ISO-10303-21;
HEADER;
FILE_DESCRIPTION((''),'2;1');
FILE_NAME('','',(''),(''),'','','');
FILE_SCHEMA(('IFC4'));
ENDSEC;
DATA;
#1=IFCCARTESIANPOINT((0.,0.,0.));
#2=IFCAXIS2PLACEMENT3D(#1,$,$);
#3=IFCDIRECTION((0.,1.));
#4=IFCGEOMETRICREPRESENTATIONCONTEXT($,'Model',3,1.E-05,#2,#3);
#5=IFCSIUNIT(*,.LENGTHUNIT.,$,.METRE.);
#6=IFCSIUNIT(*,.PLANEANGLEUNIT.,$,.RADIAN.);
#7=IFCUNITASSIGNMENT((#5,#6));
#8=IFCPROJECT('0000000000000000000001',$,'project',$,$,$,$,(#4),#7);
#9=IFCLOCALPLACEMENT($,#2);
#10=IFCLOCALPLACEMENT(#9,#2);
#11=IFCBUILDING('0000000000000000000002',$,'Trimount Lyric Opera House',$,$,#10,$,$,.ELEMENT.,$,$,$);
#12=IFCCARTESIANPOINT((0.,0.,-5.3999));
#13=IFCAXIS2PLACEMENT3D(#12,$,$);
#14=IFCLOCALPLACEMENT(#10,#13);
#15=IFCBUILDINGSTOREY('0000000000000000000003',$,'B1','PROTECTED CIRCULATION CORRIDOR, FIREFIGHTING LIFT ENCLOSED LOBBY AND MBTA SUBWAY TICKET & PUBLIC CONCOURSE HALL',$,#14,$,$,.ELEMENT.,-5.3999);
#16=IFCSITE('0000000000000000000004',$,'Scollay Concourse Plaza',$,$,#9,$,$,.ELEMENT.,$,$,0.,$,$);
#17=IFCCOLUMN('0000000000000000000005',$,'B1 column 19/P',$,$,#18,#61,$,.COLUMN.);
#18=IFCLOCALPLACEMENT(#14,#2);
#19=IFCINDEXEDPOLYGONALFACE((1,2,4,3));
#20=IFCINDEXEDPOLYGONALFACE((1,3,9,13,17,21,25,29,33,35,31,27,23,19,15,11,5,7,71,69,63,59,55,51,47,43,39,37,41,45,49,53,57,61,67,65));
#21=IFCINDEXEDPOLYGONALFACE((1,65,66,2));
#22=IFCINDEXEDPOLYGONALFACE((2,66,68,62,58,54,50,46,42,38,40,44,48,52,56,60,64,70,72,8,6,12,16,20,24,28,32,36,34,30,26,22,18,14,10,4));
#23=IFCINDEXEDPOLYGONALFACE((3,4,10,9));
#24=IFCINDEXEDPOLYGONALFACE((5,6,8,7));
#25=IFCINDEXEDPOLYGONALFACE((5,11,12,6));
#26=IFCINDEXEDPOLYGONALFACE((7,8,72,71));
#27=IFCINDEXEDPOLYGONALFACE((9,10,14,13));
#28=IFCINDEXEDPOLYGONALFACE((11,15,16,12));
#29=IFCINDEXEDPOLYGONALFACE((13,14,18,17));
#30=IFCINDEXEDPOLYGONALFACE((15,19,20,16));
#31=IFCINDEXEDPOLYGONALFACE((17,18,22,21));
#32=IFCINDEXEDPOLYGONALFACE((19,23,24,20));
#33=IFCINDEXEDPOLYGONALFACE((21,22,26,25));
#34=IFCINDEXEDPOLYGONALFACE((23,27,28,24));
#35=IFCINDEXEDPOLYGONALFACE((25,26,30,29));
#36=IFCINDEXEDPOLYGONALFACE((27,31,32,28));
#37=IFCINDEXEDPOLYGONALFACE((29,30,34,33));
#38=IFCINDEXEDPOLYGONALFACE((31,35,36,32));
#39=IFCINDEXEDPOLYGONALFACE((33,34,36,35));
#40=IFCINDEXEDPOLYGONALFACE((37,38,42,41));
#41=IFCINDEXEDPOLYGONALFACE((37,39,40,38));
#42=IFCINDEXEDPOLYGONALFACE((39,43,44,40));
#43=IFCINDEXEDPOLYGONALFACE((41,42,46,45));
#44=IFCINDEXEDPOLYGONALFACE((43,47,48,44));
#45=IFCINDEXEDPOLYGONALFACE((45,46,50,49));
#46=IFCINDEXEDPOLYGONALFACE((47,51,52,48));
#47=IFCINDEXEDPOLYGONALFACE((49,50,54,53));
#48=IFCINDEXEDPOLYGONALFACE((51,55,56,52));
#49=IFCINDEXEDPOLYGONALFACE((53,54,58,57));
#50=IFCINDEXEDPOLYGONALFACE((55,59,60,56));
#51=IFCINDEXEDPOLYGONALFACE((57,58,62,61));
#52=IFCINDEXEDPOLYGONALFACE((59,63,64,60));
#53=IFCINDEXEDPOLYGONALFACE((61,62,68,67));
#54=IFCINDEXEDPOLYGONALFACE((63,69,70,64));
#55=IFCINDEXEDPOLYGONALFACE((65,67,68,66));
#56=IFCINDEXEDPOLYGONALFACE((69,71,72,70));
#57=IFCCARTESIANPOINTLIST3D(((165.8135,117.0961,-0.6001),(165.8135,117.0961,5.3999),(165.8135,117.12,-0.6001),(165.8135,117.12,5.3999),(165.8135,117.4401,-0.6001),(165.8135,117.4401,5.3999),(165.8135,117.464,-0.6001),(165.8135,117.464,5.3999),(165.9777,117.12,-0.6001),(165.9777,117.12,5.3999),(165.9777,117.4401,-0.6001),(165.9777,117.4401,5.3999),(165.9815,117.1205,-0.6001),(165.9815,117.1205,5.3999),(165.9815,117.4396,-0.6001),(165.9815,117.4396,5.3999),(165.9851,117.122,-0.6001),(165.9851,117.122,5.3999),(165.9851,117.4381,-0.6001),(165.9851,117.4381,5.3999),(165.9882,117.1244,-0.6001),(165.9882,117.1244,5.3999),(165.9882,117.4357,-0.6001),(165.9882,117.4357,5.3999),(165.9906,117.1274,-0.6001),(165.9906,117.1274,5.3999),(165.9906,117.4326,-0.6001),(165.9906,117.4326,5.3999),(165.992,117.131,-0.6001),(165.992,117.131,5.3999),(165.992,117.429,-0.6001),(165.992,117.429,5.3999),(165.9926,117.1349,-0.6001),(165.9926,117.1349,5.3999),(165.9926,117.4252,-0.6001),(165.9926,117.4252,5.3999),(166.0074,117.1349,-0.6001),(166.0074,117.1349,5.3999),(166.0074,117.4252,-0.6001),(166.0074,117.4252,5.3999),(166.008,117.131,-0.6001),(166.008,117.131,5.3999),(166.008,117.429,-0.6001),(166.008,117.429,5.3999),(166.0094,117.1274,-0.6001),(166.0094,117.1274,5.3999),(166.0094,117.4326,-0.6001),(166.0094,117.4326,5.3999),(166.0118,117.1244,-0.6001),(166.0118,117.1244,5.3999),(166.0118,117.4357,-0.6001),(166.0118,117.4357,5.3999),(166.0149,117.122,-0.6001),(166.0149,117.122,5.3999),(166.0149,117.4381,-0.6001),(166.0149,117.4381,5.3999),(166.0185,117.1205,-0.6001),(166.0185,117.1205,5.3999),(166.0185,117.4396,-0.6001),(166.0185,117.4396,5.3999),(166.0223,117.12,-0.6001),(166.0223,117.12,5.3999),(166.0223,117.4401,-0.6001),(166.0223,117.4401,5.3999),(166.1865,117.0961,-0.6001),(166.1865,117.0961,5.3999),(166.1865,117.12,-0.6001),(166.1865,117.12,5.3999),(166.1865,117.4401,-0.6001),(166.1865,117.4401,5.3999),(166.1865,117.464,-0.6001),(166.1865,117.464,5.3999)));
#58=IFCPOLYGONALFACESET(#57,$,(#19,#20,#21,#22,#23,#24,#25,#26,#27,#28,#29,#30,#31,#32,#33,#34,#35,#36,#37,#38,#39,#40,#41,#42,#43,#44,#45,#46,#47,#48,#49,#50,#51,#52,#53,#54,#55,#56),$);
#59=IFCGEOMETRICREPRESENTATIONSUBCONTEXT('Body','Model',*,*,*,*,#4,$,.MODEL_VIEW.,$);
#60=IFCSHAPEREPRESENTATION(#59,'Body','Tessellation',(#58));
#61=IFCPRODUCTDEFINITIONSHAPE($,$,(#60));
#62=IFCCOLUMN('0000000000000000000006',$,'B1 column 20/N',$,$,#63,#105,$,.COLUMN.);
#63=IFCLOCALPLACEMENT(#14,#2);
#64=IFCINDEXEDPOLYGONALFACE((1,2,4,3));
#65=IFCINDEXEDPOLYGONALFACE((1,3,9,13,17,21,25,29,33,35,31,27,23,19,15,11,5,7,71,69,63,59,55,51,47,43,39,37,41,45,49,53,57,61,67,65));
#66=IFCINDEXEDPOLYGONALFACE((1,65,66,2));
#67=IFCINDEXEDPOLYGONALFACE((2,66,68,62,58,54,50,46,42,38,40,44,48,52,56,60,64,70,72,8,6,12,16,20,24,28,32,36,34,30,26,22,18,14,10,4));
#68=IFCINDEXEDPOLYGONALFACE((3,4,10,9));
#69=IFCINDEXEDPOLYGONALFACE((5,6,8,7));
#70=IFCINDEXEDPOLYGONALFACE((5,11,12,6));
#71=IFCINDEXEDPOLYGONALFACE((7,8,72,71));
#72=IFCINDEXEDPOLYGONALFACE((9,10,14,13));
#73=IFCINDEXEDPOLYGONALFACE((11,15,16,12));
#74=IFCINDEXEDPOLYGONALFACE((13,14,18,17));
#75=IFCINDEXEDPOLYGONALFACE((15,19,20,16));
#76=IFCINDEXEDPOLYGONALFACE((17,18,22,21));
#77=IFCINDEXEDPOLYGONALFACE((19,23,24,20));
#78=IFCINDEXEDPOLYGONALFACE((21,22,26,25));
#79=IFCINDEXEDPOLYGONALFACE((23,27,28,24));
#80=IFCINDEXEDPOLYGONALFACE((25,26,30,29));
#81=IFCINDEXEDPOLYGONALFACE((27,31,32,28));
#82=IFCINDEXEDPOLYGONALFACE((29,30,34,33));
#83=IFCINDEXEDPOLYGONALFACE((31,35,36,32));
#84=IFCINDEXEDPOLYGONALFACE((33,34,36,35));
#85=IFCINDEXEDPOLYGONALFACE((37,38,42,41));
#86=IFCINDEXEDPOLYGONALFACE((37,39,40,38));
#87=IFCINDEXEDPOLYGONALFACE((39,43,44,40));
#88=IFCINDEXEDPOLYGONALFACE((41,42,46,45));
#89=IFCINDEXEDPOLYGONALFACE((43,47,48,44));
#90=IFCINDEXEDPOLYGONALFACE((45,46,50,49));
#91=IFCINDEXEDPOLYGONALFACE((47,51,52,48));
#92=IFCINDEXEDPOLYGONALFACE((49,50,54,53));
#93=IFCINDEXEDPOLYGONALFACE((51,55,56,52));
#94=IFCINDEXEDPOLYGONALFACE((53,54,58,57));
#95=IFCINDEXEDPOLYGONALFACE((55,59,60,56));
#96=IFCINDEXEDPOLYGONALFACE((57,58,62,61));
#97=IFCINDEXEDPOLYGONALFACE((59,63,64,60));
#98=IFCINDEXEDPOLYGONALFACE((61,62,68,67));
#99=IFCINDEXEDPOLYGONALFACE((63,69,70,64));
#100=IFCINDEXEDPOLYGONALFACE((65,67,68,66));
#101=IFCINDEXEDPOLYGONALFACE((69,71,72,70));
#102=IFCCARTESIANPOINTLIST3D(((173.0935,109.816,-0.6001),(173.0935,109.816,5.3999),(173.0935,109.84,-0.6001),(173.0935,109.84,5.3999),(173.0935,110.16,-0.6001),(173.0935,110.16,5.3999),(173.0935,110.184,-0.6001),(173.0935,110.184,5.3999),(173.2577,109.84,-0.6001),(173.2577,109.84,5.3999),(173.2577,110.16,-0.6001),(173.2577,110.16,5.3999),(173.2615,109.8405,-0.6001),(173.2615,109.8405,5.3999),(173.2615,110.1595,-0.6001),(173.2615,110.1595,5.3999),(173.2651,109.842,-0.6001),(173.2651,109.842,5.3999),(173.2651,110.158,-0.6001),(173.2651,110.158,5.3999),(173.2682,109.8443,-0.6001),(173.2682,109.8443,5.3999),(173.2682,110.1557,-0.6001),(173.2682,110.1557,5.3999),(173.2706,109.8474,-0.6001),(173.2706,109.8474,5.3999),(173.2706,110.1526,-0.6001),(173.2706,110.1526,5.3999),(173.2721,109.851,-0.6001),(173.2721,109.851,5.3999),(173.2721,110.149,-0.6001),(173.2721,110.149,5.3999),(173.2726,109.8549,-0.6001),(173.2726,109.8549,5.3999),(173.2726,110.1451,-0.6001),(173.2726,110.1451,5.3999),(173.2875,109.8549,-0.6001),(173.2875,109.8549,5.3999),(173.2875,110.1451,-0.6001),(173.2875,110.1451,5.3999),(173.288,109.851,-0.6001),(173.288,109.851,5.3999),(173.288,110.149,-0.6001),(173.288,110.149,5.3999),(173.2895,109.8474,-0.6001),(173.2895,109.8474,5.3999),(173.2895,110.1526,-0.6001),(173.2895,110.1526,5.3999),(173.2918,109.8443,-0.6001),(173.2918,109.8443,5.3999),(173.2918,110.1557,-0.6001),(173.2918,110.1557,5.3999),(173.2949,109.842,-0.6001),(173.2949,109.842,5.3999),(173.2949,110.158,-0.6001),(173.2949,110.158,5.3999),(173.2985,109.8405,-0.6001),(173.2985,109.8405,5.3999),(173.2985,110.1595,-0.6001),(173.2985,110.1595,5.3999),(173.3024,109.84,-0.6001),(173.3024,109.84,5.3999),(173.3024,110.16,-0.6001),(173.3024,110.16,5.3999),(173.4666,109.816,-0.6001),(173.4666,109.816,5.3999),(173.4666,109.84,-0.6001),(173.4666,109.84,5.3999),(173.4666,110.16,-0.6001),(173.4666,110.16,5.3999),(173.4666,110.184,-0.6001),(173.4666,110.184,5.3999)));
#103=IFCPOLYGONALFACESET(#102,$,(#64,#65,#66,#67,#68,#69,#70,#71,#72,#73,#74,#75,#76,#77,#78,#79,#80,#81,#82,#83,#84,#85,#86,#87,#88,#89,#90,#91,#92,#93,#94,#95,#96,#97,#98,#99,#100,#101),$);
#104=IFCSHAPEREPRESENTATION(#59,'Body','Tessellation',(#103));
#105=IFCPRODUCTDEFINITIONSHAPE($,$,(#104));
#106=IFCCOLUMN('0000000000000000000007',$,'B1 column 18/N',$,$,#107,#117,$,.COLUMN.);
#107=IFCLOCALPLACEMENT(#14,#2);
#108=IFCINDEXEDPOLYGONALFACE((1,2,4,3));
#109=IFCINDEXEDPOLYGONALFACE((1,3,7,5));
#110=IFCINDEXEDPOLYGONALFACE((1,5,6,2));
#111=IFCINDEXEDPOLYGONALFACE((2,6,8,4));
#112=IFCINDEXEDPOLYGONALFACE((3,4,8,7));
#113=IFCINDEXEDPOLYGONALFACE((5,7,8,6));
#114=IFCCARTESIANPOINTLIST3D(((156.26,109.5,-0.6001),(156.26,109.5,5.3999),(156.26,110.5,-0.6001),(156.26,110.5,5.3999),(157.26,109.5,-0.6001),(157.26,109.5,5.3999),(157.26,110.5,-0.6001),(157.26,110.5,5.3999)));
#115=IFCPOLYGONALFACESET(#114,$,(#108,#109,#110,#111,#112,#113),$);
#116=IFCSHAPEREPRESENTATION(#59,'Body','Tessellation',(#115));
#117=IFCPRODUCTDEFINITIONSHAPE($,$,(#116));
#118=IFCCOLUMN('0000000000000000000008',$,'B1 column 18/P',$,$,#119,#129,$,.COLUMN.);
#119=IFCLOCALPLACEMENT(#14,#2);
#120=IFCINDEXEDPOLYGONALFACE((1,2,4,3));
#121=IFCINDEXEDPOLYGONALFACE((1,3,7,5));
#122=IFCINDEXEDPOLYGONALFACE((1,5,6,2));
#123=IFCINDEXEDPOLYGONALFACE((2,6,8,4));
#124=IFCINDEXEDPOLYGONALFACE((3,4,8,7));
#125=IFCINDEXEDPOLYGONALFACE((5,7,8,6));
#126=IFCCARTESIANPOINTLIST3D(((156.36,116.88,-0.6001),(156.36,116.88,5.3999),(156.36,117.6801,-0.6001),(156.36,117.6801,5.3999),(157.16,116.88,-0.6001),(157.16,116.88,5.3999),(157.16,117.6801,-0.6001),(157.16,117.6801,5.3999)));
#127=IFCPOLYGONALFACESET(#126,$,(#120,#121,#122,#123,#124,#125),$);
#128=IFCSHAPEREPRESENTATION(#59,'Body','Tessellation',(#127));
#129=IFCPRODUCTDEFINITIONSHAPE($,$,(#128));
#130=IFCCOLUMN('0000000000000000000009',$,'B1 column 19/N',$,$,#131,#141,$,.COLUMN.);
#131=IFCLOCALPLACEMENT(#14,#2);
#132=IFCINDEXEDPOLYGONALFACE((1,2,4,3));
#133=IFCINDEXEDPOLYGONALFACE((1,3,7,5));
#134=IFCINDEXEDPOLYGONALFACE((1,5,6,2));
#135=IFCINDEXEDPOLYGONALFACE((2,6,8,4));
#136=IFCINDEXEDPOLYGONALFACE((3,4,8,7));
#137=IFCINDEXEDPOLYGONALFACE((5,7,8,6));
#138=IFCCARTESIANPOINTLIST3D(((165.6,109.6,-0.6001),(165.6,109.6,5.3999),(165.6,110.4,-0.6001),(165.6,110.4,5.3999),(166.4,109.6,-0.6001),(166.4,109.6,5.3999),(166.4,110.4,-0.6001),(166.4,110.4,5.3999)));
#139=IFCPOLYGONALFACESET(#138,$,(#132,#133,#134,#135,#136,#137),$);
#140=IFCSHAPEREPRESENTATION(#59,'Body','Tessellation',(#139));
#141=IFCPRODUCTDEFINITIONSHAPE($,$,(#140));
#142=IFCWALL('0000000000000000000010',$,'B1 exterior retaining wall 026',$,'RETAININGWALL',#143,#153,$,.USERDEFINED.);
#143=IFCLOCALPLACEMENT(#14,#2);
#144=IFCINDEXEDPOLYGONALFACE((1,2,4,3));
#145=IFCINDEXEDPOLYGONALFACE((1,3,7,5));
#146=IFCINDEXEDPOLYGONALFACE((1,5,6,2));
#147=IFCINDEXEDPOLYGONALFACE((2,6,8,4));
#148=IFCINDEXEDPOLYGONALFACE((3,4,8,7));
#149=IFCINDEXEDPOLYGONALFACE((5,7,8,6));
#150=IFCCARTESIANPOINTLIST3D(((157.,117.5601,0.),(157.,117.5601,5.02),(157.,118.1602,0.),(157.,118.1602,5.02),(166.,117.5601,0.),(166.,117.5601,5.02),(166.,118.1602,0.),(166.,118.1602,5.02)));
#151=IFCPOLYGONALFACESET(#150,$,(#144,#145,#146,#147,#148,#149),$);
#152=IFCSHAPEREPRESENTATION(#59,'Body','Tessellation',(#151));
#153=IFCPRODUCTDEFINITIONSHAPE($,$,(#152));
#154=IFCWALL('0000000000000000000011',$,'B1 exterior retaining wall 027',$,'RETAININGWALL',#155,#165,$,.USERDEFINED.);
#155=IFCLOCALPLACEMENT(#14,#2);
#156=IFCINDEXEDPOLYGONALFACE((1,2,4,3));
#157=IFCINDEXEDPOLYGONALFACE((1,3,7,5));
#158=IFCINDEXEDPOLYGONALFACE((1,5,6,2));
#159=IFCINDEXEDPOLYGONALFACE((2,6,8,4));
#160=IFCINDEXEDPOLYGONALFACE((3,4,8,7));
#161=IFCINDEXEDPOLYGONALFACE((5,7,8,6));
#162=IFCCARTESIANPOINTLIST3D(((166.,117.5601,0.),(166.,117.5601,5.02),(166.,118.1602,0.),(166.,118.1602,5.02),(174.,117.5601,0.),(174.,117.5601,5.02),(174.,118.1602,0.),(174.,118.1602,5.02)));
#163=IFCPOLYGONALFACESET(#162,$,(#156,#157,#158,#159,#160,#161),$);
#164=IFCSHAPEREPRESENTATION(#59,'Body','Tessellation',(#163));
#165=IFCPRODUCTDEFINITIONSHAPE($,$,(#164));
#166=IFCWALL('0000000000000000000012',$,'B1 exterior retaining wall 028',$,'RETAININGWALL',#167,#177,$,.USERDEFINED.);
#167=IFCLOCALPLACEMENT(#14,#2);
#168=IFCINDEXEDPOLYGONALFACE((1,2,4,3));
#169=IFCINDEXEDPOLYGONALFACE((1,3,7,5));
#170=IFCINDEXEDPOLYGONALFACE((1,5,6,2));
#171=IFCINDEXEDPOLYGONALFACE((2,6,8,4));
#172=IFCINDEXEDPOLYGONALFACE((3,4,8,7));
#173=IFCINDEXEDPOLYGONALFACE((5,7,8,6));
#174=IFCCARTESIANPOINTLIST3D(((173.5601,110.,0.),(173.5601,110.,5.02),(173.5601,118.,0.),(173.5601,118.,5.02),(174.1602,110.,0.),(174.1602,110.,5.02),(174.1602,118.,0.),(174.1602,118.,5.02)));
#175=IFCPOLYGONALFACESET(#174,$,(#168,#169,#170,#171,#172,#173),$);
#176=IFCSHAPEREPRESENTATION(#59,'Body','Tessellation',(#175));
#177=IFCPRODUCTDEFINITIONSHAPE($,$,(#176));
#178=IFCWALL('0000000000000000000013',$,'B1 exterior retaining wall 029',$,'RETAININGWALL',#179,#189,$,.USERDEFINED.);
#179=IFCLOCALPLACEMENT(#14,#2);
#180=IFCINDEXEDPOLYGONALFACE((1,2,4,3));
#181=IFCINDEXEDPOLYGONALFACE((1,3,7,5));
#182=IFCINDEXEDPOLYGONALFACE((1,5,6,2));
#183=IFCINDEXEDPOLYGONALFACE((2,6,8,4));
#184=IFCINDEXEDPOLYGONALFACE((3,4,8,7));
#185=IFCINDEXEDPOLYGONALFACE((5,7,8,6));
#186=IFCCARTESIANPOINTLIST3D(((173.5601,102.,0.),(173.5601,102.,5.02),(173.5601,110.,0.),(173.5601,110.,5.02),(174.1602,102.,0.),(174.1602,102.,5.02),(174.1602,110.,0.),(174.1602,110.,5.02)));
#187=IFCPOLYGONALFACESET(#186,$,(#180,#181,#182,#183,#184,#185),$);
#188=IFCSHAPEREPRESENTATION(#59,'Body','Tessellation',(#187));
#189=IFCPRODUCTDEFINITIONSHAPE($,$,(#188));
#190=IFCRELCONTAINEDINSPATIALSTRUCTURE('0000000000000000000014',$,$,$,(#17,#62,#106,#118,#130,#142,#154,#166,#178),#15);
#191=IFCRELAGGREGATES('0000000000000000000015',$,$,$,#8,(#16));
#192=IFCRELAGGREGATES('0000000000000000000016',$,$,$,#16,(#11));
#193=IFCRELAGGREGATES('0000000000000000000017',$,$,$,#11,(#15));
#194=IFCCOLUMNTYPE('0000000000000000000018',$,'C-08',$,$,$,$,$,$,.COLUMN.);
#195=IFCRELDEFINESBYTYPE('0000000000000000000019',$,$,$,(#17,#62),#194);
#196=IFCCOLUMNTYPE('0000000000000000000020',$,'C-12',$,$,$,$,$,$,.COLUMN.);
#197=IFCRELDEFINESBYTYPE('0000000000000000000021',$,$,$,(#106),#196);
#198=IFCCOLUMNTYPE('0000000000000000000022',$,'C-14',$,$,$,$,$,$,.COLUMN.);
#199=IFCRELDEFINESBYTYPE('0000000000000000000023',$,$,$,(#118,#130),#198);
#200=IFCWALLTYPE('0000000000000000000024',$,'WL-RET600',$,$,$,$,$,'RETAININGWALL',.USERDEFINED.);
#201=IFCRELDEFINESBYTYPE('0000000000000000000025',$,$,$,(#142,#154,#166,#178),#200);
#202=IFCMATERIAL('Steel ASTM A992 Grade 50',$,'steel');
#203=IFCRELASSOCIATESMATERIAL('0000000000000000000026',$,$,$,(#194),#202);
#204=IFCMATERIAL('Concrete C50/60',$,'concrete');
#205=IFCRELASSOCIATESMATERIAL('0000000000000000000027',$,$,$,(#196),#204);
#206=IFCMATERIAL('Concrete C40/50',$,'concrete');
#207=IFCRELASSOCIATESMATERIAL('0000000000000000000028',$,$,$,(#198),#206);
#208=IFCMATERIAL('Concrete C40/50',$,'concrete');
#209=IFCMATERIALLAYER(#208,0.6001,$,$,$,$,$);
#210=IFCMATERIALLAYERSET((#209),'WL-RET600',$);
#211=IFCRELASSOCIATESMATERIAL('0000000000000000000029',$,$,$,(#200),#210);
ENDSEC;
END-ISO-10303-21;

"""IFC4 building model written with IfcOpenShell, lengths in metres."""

from ifc_helpers import new_model, si_unit, direction, frame, frame_2d, origin, origin_2d, place, context, subcontext, project, spatial, rectangle, i_section, extrude, material, layer, layer_set, material_profile, profile_set, type_object, element, save


model = new_model("IFC4")

# Units and contexts
model_context = context("Model", 3, precision=1e-05, world=origin(), true_north=direction((0.0, 1.0)))
body_context = subcontext(model_context, "Body", "Model", "MODEL_VIEW")
ifc_project = project(units=[si_unit("LENGTHUNIT", "METRE"), si_unit("PLANEANGLEUNIT", "RADIAN")], contexts=[model_context])

# Site, building, storey
site_placement = place(None, origin())
site = spatial("IfcSite", under=ifc_project, at=site_placement, Name="Scollay Concourse Plaza", CompositionType="ELEMENT", RefElevation=0.0)
building_placement = place(site_placement, origin())
building = spatial("IfcBuilding", under=site, at=building_placement, Name="Trimount Lyric Opera House", CompositionType="ELEMENT")
storey_placement = place(building_placement, frame((0.0, 0.0, -5.3999)))
storey = spatial("IfcBuildingStorey", under=building, at=storey_placement, Name="B1", Description="PROTECTED CIRCULATION CORRIDOR, FIREFIGHTING LIFT ENCLOSED LOBBY AND MBTA SUBWAY TICKET & PUBLIC CONCOURSE HALL", CompositionType="ELEMENT", Elevation=-5.3999)

# Columns
ifc_material_1 = material(Name="Steel ASTM A992 Grade 50", Category="steel")
ifc_material_profile_1 = material_profile(ifc_material_1, i_section(OverallWidth=0.373, OverallDepth=0.3679, WebThickness=0.0149, FlangeThickness=0.0239, FilletRadius=0.0149, at=origin_2d()), Name="W14X120")
ifc_profile_set_1 = profile_set([ifc_material_profile_1], Name="Steel ASTM A992 Grade 50")
column_type_1 = type_object("IfcColumnType", Name="C-08", PredefinedType="COLUMN", material=ifc_profile_set_1)
for number, where, z_axis, x_axis, name in (
    (1, (166.0, 117.28, -0.6001), (0.0, 0.0, 1.0), (1.0, 0.0, 0.0), "B1 column 19/P"),
    (2, (173.28, 110.0, -0.6001), (0.0, 0.0, 1.0), (1.0, 0.0, 0.0), "B1 column 20/N"),
):
    element("IfcColumn", number, at=place(storey_placement, frame(where, z_axis=z_axis, x_axis=x_axis)), inside=storey, type_object=column_type_1, Name=name, PredefinedType="COLUMN", context=body_context, shape_type="SweptSolid", body=[
        extrude(i_section(OverallWidth=0.373, OverallDepth=0.3679, WebThickness=0.0149, FlangeThickness=0.0239, FilletRadius=0.0149, at=origin_2d()), origin(), (0.0, 0.0, 1.0), 6.0),
    ])
ifc_material_2 = material(Name="Concrete C50/60", Category="concrete")
ifc_material_profile_2 = material_profile(ifc_material_2, rectangle(XDim=1.0, YDim=1.0, at=origin_2d()), Name="RC1000X1000")
ifc_profile_set_2 = profile_set([ifc_material_profile_2], Name="Concrete C50/60")
column_type_2 = type_object("IfcColumnType", Name="C-12", PredefinedType="COLUMN", material=ifc_profile_set_2)
column_1_placement = place(storey_placement, frame((156.76, 110.0, -0.6001), z_axis=(0.0, 0.0, 1.0), x_axis=(1.0, 0.0, 0.0)))
element("IfcColumn", 3, at=column_1_placement, inside=storey, type_object=column_type_2, Name="B1 column 18/N", PredefinedType="COLUMN", context=body_context, shape_type="SweptSolid", body=[
    extrude(rectangle(XDim=1.0, YDim=1.0, at=origin_2d()), origin(), (0.0, 0.0, 1.0), 6.0),
])
ifc_material_3 = material(Name="Concrete C40/50", Category="concrete")
ifc_material_profile_3 = material_profile(ifc_material_3, rectangle(XDim=0.8, YDim=0.8, at=origin_2d()), Name="RC800X800")
ifc_profile_set_3 = profile_set([ifc_material_profile_3], Name="Concrete C40/50")
column_type_3 = type_object("IfcColumnType", Name="C-14", PredefinedType="COLUMN", material=ifc_profile_set_3)
for number, where, z_axis, x_axis, name in (
    (4, (156.76, 117.28, -0.6001), (0.0, 0.0, 1.0), (1.0, 0.0, 0.0), "B1 column 18/P"),
    (5, (166.0, 110.0, -0.6001), (0.0, 0.0, 1.0), (1.0, 0.0, 0.0), "B1 column 19/N"),
):
    element("IfcColumn", number, at=place(storey_placement, frame(where, z_axis=z_axis, x_axis=x_axis)), inside=storey, type_object=column_type_3, Name=name, PredefinedType="COLUMN", context=body_context, shape_type="SweptSolid", body=[
        extrude(rectangle(XDim=0.8, YDim=0.8, at=origin_2d()), origin(), (0.0, 0.0, 1.0), 6.0),
    ])

# Walls
ifc_material_4 = material(Name="Concrete C40/50", Category="concrete")
ifc_layer = layer(ifc_material_4, 0.6001)
ifc_layer_set = layer_set([ifc_layer], Name="WL-RET600")
wall_type = type_object("IfcWallType", Name="WL-RET600", ElementType="RETAININGWALL", PredefinedType="USERDEFINED", material=ifc_layer_set)
wall_placement = place(storey_placement, frame((157.0, 117.8601, 0.0), z_axis=(0.0, 0.0, 1.0), x_axis=(1.0, 0.0, 0.0)))
element("IfcWall", 6, at=wall_placement, inside=storey, type_object=wall_type, Name="B1 exterior retaining wall 026", ObjectType="RETAININGWALL", PredefinedType="USERDEFINED", context=body_context, shape_type="SweptSolid", body=[
    extrude(rectangle(XDim=9.0, YDim=0.6001, at=frame_2d((4.5, 0.0))), origin(), (0.0, 0.0, 1.0), 5.02),
])
for number, where, z_axis, x_axis, name in (
    (7, (166.0, 117.8601, 0.0), (0.0, 0.0, 1.0), (1.0, 0.0, 0.0), "B1 exterior retaining wall 027"),
    (8, (173.8601, 118.0, 0.0), (0.0, 0.0, 1.0), (0.0, -1.0, 0.0), "B1 exterior retaining wall 028"),
    (9, (173.8601, 110.0, 0.0), (0.0, 0.0, 1.0), (0.0, -1.0, 0.0), "B1 exterior retaining wall 029"),
):
    element("IfcWall", number, at=place(storey_placement, frame(where, z_axis=z_axis, x_axis=x_axis)), inside=storey, type_object=wall_type, Name=name, ObjectType="RETAININGWALL", PredefinedType="USERDEFINED", context=body_context, shape_type="SweptSolid", body=[
        extrude(rectangle(XDim=8.0, YDim=0.6001, at=frame_2d((4.0, 0.0))), origin(), (0.0, 0.0, 1.0), 5.02),
    ])

save(model, "model.ifc")
